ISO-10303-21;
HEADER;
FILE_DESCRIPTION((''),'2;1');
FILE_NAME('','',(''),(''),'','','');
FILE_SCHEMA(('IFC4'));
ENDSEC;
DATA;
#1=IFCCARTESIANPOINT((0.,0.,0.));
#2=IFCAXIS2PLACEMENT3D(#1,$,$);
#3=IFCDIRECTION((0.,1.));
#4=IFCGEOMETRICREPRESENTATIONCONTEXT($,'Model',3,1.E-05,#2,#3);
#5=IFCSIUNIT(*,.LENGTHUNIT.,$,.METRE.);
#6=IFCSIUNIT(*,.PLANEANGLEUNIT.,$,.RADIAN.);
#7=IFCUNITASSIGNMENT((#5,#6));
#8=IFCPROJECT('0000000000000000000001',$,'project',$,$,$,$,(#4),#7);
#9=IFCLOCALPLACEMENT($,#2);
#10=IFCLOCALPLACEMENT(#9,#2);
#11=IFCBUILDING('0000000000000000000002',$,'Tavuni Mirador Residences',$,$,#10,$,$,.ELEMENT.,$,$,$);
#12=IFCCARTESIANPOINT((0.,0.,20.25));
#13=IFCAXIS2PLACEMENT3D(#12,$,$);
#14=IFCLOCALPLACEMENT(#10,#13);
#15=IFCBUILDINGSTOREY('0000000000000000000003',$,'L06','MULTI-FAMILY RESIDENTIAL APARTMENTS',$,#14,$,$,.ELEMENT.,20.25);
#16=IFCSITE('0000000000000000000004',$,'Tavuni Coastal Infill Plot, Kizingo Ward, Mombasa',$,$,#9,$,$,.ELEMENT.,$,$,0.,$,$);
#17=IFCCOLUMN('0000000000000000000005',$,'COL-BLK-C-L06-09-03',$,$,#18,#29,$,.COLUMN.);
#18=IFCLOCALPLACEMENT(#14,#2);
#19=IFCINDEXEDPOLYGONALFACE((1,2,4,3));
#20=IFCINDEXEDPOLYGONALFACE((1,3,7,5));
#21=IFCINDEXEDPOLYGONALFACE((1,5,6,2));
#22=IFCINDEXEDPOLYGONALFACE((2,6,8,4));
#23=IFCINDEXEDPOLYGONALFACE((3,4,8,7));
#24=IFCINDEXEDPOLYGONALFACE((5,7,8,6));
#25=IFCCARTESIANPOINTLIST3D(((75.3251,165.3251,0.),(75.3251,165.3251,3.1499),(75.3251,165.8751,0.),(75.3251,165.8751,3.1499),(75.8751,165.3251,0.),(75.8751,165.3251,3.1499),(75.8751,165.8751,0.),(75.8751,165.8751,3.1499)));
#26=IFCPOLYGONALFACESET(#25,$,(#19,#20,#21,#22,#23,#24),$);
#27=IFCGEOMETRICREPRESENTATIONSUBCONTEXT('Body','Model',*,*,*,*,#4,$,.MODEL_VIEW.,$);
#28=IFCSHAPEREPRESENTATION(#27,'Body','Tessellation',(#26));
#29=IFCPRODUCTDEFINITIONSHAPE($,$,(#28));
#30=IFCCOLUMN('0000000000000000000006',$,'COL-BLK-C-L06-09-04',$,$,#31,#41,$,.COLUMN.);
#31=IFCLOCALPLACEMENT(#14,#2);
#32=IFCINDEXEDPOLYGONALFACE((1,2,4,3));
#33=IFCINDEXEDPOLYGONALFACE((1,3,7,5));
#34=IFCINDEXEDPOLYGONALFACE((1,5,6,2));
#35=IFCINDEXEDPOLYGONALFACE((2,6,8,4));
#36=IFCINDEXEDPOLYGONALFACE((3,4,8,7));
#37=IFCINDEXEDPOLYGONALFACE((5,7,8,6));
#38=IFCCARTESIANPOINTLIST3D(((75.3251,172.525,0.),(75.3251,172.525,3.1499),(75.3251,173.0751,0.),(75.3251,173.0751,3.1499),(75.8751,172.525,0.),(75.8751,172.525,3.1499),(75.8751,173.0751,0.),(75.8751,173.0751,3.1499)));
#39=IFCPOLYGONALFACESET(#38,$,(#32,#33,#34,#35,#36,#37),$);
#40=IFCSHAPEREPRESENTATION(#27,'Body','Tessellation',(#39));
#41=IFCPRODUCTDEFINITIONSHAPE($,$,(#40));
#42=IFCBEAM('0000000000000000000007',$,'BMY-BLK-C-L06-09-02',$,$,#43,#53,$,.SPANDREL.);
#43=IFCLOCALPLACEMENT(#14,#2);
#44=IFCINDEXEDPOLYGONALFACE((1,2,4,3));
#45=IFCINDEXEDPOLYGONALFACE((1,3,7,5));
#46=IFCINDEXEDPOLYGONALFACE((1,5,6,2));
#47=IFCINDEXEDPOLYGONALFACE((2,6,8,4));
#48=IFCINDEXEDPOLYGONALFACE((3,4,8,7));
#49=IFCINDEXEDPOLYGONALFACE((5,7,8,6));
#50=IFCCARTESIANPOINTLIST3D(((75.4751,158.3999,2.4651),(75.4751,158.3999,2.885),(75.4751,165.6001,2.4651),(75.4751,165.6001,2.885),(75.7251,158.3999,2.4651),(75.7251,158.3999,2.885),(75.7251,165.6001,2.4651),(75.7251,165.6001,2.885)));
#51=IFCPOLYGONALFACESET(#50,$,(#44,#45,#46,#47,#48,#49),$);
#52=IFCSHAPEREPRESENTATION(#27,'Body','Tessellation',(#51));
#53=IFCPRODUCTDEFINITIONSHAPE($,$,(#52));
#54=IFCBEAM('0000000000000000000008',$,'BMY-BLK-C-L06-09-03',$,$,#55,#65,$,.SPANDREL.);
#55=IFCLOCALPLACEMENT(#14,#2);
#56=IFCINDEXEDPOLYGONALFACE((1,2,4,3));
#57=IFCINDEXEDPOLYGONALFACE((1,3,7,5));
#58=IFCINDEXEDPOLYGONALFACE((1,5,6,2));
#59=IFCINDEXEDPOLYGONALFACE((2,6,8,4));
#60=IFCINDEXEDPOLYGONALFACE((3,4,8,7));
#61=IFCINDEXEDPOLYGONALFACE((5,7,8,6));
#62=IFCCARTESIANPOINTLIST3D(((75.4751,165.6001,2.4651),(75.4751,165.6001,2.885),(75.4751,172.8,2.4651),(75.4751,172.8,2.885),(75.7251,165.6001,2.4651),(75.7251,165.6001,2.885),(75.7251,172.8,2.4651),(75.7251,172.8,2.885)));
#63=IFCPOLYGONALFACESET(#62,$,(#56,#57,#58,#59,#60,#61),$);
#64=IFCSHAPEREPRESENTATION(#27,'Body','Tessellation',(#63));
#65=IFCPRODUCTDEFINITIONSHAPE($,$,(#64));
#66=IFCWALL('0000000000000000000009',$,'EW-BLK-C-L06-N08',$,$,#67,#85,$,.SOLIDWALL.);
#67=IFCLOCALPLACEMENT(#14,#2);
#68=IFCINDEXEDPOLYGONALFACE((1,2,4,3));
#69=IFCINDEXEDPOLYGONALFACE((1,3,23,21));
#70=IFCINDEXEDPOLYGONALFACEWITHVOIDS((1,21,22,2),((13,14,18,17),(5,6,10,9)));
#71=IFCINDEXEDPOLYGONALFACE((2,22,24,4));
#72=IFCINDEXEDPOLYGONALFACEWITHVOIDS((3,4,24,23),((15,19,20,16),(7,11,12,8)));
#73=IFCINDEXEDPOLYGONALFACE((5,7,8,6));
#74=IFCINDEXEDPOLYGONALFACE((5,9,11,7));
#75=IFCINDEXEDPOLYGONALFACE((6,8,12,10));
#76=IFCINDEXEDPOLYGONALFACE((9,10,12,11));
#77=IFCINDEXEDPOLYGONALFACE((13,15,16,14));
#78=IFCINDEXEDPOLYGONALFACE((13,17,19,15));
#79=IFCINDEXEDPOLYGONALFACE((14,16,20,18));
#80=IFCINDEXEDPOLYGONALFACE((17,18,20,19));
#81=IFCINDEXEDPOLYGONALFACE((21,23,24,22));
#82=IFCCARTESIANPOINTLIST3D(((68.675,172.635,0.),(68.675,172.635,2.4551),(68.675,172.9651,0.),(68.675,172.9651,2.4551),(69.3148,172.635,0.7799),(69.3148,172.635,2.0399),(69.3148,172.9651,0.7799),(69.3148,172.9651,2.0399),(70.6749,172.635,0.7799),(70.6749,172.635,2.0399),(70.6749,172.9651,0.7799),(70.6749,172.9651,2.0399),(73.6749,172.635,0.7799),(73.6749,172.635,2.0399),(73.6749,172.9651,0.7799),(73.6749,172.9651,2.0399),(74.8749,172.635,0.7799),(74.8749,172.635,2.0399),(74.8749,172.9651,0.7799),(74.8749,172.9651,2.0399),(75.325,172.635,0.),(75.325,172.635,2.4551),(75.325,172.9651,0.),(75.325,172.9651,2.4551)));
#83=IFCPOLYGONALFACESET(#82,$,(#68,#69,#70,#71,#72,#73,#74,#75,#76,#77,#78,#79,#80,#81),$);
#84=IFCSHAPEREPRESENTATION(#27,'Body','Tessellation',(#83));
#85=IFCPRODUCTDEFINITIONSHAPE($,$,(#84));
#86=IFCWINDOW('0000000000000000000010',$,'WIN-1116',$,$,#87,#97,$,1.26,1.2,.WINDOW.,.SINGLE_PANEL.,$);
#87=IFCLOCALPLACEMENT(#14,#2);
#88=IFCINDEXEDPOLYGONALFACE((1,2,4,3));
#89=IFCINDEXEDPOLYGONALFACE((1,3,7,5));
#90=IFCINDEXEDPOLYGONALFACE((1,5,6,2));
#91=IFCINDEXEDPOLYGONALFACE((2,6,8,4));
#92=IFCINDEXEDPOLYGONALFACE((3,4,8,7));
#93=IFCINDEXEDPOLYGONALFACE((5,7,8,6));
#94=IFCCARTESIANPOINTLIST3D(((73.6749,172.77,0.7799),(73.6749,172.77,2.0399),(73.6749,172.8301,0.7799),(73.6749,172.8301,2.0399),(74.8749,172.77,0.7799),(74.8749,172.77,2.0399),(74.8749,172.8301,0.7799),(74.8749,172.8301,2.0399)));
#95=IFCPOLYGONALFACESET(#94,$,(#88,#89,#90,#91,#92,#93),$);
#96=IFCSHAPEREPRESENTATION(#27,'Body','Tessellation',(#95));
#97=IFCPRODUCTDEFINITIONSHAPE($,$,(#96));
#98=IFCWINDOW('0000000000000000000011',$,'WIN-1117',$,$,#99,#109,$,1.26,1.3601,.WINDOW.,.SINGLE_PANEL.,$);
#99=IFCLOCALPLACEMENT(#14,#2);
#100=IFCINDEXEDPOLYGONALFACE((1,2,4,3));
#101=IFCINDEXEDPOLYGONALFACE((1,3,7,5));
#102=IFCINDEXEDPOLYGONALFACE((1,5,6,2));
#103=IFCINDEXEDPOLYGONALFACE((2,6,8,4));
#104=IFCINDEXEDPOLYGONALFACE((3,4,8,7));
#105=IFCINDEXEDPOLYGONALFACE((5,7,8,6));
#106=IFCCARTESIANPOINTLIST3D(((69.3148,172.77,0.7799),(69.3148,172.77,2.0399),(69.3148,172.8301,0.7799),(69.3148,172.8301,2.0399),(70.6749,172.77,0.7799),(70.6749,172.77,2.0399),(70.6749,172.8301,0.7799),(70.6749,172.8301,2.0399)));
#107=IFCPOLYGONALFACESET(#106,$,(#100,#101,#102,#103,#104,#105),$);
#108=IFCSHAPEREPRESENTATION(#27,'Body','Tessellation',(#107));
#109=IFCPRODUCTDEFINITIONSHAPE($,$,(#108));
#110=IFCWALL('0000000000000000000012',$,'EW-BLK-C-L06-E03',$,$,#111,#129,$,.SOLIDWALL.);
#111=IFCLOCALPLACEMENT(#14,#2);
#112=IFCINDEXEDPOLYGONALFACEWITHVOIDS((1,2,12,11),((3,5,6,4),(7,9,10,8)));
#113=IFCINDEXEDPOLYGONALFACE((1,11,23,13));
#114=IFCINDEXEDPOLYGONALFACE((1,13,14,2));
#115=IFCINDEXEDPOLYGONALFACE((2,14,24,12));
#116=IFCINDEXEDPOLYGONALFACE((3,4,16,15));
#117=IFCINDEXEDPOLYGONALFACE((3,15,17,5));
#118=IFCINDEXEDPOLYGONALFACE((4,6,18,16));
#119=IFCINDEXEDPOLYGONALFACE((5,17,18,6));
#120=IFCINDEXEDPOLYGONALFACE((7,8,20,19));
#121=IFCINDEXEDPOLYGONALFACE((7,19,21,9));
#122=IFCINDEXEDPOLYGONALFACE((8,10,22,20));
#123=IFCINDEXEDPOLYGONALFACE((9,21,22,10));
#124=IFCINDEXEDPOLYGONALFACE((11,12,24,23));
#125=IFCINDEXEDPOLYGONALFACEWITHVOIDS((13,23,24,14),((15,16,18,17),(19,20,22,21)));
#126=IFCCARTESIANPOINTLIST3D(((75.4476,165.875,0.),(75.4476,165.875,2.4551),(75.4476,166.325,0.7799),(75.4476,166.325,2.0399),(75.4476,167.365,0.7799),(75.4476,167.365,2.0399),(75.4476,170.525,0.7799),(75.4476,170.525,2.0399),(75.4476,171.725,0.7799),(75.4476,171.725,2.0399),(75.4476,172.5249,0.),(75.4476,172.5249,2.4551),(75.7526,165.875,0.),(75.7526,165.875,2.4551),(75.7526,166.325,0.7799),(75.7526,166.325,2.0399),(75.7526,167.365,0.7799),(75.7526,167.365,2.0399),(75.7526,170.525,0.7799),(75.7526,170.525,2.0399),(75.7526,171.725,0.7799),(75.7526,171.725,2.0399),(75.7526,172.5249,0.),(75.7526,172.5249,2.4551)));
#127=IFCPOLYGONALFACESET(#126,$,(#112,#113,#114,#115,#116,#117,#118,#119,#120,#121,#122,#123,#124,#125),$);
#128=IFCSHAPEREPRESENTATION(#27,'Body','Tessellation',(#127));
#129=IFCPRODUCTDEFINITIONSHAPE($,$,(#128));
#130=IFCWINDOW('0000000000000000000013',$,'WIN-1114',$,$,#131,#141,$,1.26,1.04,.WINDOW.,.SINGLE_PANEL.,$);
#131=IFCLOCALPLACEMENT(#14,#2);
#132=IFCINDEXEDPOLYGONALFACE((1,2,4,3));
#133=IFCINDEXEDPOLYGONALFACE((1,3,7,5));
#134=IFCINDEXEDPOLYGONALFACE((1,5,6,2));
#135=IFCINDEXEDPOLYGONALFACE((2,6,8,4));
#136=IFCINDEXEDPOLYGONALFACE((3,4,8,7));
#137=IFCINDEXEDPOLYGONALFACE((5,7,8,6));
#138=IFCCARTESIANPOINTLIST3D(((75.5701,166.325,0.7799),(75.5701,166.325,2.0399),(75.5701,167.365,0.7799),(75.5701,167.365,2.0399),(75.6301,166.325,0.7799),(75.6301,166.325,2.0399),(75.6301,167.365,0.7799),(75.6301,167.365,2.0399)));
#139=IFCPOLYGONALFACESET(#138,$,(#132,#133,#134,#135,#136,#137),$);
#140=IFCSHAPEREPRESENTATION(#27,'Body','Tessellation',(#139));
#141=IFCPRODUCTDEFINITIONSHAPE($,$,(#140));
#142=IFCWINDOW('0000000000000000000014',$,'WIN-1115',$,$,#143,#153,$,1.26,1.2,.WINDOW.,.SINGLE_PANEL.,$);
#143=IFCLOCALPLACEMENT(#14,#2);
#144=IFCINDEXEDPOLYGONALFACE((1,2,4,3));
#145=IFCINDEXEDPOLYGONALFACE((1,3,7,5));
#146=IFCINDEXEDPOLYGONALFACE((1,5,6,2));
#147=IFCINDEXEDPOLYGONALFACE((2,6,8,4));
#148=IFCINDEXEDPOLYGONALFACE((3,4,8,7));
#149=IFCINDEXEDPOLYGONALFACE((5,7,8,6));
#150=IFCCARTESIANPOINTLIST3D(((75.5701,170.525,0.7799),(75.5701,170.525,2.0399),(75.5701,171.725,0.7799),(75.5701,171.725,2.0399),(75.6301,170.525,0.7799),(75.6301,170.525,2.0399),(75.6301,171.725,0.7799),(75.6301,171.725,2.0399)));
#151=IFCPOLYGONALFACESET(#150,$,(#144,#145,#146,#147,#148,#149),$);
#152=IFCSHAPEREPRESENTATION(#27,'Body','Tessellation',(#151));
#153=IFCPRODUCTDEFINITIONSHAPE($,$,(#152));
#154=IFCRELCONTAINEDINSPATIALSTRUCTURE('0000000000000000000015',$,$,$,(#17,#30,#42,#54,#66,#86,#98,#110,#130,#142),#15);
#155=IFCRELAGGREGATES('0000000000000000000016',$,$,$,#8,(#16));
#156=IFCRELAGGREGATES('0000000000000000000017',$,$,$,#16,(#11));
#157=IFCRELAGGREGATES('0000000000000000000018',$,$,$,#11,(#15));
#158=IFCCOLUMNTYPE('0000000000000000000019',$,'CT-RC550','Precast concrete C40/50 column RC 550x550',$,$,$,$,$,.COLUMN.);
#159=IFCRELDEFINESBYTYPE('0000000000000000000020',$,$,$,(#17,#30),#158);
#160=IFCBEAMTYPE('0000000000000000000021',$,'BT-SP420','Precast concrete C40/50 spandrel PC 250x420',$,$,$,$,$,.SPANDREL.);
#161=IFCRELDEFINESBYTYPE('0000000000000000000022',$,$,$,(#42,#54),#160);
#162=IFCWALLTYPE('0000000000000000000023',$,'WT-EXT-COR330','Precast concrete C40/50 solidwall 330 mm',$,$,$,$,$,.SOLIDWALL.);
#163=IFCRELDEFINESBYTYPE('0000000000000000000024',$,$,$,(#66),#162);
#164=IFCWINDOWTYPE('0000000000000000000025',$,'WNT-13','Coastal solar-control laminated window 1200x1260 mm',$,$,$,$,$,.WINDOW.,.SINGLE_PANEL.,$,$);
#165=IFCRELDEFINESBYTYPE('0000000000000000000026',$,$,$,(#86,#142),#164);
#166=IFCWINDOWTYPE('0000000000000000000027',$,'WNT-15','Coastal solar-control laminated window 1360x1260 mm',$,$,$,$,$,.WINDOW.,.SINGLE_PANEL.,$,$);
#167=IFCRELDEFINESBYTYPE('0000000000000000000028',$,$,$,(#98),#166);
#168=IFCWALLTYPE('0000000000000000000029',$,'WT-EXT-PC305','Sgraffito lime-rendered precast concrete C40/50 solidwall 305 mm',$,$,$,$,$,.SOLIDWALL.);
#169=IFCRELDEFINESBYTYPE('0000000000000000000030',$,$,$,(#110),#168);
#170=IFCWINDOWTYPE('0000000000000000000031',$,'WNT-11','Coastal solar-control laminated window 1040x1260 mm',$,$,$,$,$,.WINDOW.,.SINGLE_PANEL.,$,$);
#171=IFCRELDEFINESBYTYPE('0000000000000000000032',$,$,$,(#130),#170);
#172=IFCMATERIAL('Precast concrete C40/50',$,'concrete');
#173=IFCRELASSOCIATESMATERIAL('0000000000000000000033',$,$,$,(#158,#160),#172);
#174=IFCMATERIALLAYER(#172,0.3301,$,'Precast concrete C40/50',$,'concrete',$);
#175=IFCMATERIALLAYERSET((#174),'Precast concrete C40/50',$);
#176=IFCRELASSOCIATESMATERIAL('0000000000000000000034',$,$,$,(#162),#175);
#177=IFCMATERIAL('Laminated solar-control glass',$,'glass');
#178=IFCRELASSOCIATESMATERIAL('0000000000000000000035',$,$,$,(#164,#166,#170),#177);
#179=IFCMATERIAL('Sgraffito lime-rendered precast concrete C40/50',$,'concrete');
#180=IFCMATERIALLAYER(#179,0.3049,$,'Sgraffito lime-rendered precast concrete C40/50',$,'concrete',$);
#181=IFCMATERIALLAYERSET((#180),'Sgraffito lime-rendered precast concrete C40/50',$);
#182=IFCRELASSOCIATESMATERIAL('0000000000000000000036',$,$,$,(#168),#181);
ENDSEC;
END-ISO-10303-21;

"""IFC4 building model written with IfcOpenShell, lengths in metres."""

from ifc_helpers import new_model, si_unit, direction, frame, frame_2d, origin, origin_2d, place, context, subcontext, project, spatial, rectangle, extrude, material, layer, layer_set, material_profile, profile_set, type_object, element, fill, save


model = new_model("IFC4")

# Units and contexts
model_context = context("Model", 3, precision=1e-05, world=origin(), true_north=direction((0.0, 1.0)))
body_context = subcontext(model_context, "Body", "Model", "MODEL_VIEW")
ifc_project = project(units=[si_unit("LENGTHUNIT", "METRE"), si_unit("PLANEANGLEUNIT", "RADIAN")], contexts=[model_context])

# Site, building, storey
site_placement = place(None, origin())
site = spatial("IfcSite", under=ifc_project, at=site_placement, Name="Tavuni Coastal Infill Plot, Kizingo Ward, Mombasa", CompositionType="ELEMENT", RefElevation=0.0)
building_placement = place(site_placement, origin())
building = spatial("IfcBuilding", under=site, at=building_placement, Name="Tavuni Mirador Residences", CompositionType="ELEMENT")
storey_placement = place(building_placement, frame((0.0, 0.0, 20.25)))
storey = spatial("IfcBuildingStorey", under=building, at=storey_placement, Name="L06", Description="MULTI-FAMILY RESIDENTIAL APARTMENTS", CompositionType="ELEMENT", Elevation=20.25)

# Columns
ifc_material_1 = material(Name="Precast concrete C40/50", Category="concrete")
ifc_material_profile_1 = material_profile(ifc_material_1, rectangle(XDim=0.55, YDim=0.55, at=origin_2d()), Name="RC 550x550", Category="concrete")
ifc_profile_set_1 = profile_set([ifc_material_profile_1], Name="Precast concrete C40/50")
column_type = type_object("IfcColumnType", Name="CT-RC550", Description="Precast concrete C40/50 column RC 550x550", PredefinedType="COLUMN", material=ifc_profile_set_1)
for number, where, z_axis, x_axis, name in (
    (1, (75.6001, 165.6001, 0.0), (0.0, 0.0, 1.0), (1.0, 0.0, 0.0), "COL-BLK-C-L06-09-03"),
    (2, (75.6001, 172.8, 0.0), (0.0, 0.0, 1.0), (1.0, 0.0, 0.0), "COL-BLK-C-L06-09-04"),
):
    element("IfcColumn", number, at=place(storey_placement, frame(where, z_axis=z_axis, x_axis=x_axis)), inside=storey, type_object=column_type, Name=name, PredefinedType="COLUMN", context=body_context, shape_type="SweptSolid", body=[
        extrude(rectangle(XDim=0.55, YDim=0.55, at=origin_2d()), origin(), (0.0, 0.0, 1.0), 3.1499),
    ])

# Beams
ifc_material_profile_2 = material_profile(ifc_material_1, rectangle(XDim=0.25, YDim=0.4199, at=origin_2d()), Name="PC 250x420", Category="concrete")
ifc_profile_set_2 = profile_set([ifc_material_profile_2], Name="Precast concrete C40/50")
beam_type = type_object("IfcBeamType", Name="BT-SP420", Description="Precast concrete C40/50 spandrel PC 250x420", PredefinedType="SPANDREL", material=ifc_profile_set_2)
beam_1_placement = place(storey_placement, frame((75.6001, 158.3999, 2.675), z_axis=(0.0, 1.0, 0.0), x_axis=(-1.0, 0.0, 0.0)))
element("IfcBeam", 3, at=beam_1_placement, inside=storey, type_object=beam_type, Name="BMY-BLK-C-L06-09-02", PredefinedType="SPANDREL", context=body_context, shape_type="SweptSolid", body=[
    extrude(rectangle(XDim=0.25, YDim=0.4199, at=origin_2d()), origin(), (0.0, 0.0, 1.0), 7.2002),
])
beam_2_placement = place(storey_placement, frame((75.6001, 165.6001, 2.675), z_axis=(0.0, 1.0, 0.0), x_axis=(-1.0, 0.0, 0.0)))
element("IfcBeam", 4, at=beam_2_placement, inside=storey, type_object=beam_type, Name="BMY-BLK-C-L06-09-03", PredefinedType="SPANDREL", context=body_context, shape_type="SweptSolid", body=[
    extrude(rectangle(XDim=0.25, YDim=0.4199, at=origin_2d()), origin(), (0.0, 0.0, 1.0), 7.2),
])

# Walls, openings, windows
ifc_layer_1 = layer(ifc_material_1, 0.3301, Name="Precast concrete C40/50", Category="concrete")
ifc_layer_set_1 = layer_set([ifc_layer_1], Name="Precast concrete C40/50")
wall_type_1 = type_object("IfcWallType", Name="WT-EXT-COR330", Description="Precast concrete C40/50 solidwall 330 mm", PredefinedType="SOLIDWALL", material=ifc_layer_set_1)
wall_1_placement = place(storey_placement, frame((75.325, 172.8, 0.0), z_axis=(0.0, 0.0, 1.0), x_axis=(-1.0, 0.0, 0.0)))
wall_1 = element("IfcWall", 5, at=wall_1_placement, inside=storey, type_object=wall_type_1, Name="EW-BLK-C-L06-N08", PredefinedType="SOLIDWALL", context=body_context, shape_type="SweptSolid", body=[
    extrude(rectangle(XDim=6.6499, YDim=0.3301, at=frame_2d((3.325, 0.0))), origin(), (0.0, 0.0, 1.0), 2.4551),
])
opening_1_placement = place(wall_1_placement, frame((0.45, 0.0, 0.78)))
opening_1 = element("IfcOpeningElement", 6, at=opening_1_placement, cuts=wall_1, PredefinedType="OPENING", context=body_context, shape_type="SweptSolid", body=[
    extrude(rectangle(XDim=1.2, YDim=1.26, at=frame_2d((0.6001, 0.6299))), frame((0.0, 0.175, 0.0), z_axis=(0.0, -1.0, 0.0), x_axis=(1.0, 0.0, 0.0)), (0.0, 0.0, 1.0), 0.3501),
])
opening_2_placement = place(wall_1_placement, frame((4.6499, 0.0, 0.78)))
opening_2 = element("IfcOpeningElement", 7, at=opening_2_placement, cuts=wall_1, PredefinedType="OPENING", context=body_context, shape_type="SweptSolid", body=[
    extrude(rectangle(XDim=1.3601, YDim=1.26, at=frame_2d((0.6802, 0.6299))), frame((0.0, 0.175, 0.0), z_axis=(0.0, -1.0, 0.0), x_axis=(1.0, 0.0, 0.0)), (0.0, 0.0, 1.0), 0.3501),
])
ifc_material_2 = material(Name="Laminated solar-control glass", Category="glass")
window_type_1 = type_object("IfcWindowType", Name="WNT-13", Description="Coastal solar-control laminated window 1200x1260 mm", PartitioningType="SINGLE_PANEL", PredefinedType="WINDOW", material=ifc_material_2)
window_1_placement = place(opening_1_placement, origin())
window_1 = element("IfcWindow", 8, at=window_1_placement, inside=storey, type_object=window_type_1, Name="WIN-1116", OverallHeight=1.26, OverallWidth=1.2, PartitioningType="SINGLE_PANEL", PredefinedType="WINDOW", context=body_context, shape_type="SweptSolid", body=[
    extrude(rectangle(XDim=1.2, YDim=1.26, at=frame_2d((0.6001, 0.6299))), frame((0.0, 0.03, 0.0), z_axis=(0.0, -1.0, 0.0), x_axis=(1.0, 0.0, 0.0)), (0.0, 0.0, 1.0), 0.0601),
])
fill(opening_1, window_1)
window_type_2 = type_object("IfcWindowType", Name="WNT-15", Description="Coastal solar-control laminated window 1360x1260 mm", PartitioningType="SINGLE_PANEL", PredefinedType="WINDOW", material=ifc_material_2)
window_2_placement = place(opening_2_placement, origin())
window_2 = element("IfcWindow", 9, at=window_2_placement, inside=storey, type_object=window_type_2, Name="WIN-1117", OverallHeight=1.26, OverallWidth=1.3601, PartitioningType="SINGLE_PANEL", PredefinedType="WINDOW", context=body_context, shape_type="SweptSolid", body=[
    extrude(rectangle(XDim=1.3601, YDim=1.26, at=frame_2d((0.6802, 0.6299))), frame((0.0, 0.03, 0.0), z_axis=(0.0, -1.0, 0.0), x_axis=(1.0, 0.0, 0.0)), (0.0, 0.0, 1.0), 0.0601),
])
fill(opening_2, window_2)
ifc_material_3 = material(Name="Sgraffito lime-rendered precast concrete C40/50", Category="concrete")
ifc_layer_2 = layer(ifc_material_3, 0.3049, Name="Sgraffito lime-rendered precast concrete C40/50", Category="concrete")
ifc_layer_set_2 = layer_set([ifc_layer_2], Name="Sgraffito lime-rendered precast concrete C40/50")
wall_type_2 = type_object("IfcWallType", Name="WT-EXT-PC305", Description="Sgraffito lime-rendered precast concrete C40/50 solidwall 305 mm", PredefinedType="SOLIDWALL", material=ifc_layer_set_2)
wall_2_placement = place(storey_placement, frame((75.6001, 165.875, 0.0), z_axis=(0.0, 0.0, 1.0), x_axis=(0.0, 1.0, 0.0)))
wall_2 = element("IfcWall", 10, at=wall_2_placement, inside=storey, type_object=wall_type_2, Name="EW-BLK-C-L06-E03", PredefinedType="SOLIDWALL", context=body_context, shape_type="SweptSolid", body=[
    extrude(rectangle(XDim=6.6499, YDim=0.3049, at=frame_2d((3.325, 0.0))), origin(), (0.0, 0.0, 1.0), 2.4551),
])
opening_3_placement = place(wall_2_placement, frame((0.45, 0.0, 0.78)))
opening_3 = element("IfcOpeningElement", 11, at=opening_3_placement, cuts=wall_2, PredefinedType="OPENING", context=body_context, shape_type="SweptSolid", body=[
    extrude(rectangle(XDim=1.04, YDim=1.26, at=frame_2d((0.52, 0.6299))), frame((0.0, 0.1626, 0.0), z_axis=(0.0, -1.0, 0.0), x_axis=(1.0, 0.0, 0.0)), (0.0, 0.0, 1.0), 0.325),
])
opening_4_placement = place(wall_2_placement, frame((4.6499, 0.0, 0.78)))
opening_4 = element("IfcOpeningElement", 12, at=opening_4_placement, cuts=wall_2, PredefinedType="OPENING", context=body_context, shape_type="SweptSolid", body=[
    extrude(rectangle(XDim=1.2, YDim=1.26, at=frame_2d((0.6001, 0.6299))), frame((0.0, 0.1626, 0.0), z_axis=(0.0, -1.0, 0.0), x_axis=(1.0, 0.0, 0.0)), (0.0, 0.0, 1.0), 0.325),
])
window_type_3 = type_object("IfcWindowType", Name="WNT-11", Description="Coastal solar-control laminated window 1040x1260 mm", PartitioningType="SINGLE_PANEL", PredefinedType="WINDOW", material=ifc_material_2)
window_3_placement = place(opening_3_placement, origin())
window_3 = element("IfcWindow", 13, at=window_3_placement, inside=storey, type_object=window_type_3, Name="WIN-1114", OverallHeight=1.26, OverallWidth=1.04, PartitioningType="SINGLE_PANEL", PredefinedType="WINDOW", context=body_context, shape_type="SweptSolid", body=[
    extrude(rectangle(XDim=1.04, YDim=1.26, at=frame_2d((0.52, 0.6299))), frame((0.0, 0.03, 0.0), z_axis=(0.0, -1.0, 0.0), x_axis=(1.0, 0.0, 0.0)), (0.0, 0.0, 1.0), 0.0601),
])
fill(opening_3, window_3)
window_4_placement = place(opening_4_placement, origin())
window_4 = element("IfcWindow", 14, at=window_4_placement, inside=storey, type_object=window_type_1, Name="WIN-1115", OverallHeight=1.26, OverallWidth=1.2, PartitioningType="SINGLE_PANEL", PredefinedType="WINDOW", context=body_context, shape_type="SweptSolid", body=[
    extrude(rectangle(XDim=1.2, YDim=1.26, at=frame_2d((0.6001, 0.6299))), frame((0.0, 0.03, 0.0), z_axis=(0.0, -1.0, 0.0), x_axis=(1.0, 0.0, 0.0)), (0.0, 0.0, 1.0), 0.0601),
])
fill(opening_4, window_4)

save(model, "model.ifc")
